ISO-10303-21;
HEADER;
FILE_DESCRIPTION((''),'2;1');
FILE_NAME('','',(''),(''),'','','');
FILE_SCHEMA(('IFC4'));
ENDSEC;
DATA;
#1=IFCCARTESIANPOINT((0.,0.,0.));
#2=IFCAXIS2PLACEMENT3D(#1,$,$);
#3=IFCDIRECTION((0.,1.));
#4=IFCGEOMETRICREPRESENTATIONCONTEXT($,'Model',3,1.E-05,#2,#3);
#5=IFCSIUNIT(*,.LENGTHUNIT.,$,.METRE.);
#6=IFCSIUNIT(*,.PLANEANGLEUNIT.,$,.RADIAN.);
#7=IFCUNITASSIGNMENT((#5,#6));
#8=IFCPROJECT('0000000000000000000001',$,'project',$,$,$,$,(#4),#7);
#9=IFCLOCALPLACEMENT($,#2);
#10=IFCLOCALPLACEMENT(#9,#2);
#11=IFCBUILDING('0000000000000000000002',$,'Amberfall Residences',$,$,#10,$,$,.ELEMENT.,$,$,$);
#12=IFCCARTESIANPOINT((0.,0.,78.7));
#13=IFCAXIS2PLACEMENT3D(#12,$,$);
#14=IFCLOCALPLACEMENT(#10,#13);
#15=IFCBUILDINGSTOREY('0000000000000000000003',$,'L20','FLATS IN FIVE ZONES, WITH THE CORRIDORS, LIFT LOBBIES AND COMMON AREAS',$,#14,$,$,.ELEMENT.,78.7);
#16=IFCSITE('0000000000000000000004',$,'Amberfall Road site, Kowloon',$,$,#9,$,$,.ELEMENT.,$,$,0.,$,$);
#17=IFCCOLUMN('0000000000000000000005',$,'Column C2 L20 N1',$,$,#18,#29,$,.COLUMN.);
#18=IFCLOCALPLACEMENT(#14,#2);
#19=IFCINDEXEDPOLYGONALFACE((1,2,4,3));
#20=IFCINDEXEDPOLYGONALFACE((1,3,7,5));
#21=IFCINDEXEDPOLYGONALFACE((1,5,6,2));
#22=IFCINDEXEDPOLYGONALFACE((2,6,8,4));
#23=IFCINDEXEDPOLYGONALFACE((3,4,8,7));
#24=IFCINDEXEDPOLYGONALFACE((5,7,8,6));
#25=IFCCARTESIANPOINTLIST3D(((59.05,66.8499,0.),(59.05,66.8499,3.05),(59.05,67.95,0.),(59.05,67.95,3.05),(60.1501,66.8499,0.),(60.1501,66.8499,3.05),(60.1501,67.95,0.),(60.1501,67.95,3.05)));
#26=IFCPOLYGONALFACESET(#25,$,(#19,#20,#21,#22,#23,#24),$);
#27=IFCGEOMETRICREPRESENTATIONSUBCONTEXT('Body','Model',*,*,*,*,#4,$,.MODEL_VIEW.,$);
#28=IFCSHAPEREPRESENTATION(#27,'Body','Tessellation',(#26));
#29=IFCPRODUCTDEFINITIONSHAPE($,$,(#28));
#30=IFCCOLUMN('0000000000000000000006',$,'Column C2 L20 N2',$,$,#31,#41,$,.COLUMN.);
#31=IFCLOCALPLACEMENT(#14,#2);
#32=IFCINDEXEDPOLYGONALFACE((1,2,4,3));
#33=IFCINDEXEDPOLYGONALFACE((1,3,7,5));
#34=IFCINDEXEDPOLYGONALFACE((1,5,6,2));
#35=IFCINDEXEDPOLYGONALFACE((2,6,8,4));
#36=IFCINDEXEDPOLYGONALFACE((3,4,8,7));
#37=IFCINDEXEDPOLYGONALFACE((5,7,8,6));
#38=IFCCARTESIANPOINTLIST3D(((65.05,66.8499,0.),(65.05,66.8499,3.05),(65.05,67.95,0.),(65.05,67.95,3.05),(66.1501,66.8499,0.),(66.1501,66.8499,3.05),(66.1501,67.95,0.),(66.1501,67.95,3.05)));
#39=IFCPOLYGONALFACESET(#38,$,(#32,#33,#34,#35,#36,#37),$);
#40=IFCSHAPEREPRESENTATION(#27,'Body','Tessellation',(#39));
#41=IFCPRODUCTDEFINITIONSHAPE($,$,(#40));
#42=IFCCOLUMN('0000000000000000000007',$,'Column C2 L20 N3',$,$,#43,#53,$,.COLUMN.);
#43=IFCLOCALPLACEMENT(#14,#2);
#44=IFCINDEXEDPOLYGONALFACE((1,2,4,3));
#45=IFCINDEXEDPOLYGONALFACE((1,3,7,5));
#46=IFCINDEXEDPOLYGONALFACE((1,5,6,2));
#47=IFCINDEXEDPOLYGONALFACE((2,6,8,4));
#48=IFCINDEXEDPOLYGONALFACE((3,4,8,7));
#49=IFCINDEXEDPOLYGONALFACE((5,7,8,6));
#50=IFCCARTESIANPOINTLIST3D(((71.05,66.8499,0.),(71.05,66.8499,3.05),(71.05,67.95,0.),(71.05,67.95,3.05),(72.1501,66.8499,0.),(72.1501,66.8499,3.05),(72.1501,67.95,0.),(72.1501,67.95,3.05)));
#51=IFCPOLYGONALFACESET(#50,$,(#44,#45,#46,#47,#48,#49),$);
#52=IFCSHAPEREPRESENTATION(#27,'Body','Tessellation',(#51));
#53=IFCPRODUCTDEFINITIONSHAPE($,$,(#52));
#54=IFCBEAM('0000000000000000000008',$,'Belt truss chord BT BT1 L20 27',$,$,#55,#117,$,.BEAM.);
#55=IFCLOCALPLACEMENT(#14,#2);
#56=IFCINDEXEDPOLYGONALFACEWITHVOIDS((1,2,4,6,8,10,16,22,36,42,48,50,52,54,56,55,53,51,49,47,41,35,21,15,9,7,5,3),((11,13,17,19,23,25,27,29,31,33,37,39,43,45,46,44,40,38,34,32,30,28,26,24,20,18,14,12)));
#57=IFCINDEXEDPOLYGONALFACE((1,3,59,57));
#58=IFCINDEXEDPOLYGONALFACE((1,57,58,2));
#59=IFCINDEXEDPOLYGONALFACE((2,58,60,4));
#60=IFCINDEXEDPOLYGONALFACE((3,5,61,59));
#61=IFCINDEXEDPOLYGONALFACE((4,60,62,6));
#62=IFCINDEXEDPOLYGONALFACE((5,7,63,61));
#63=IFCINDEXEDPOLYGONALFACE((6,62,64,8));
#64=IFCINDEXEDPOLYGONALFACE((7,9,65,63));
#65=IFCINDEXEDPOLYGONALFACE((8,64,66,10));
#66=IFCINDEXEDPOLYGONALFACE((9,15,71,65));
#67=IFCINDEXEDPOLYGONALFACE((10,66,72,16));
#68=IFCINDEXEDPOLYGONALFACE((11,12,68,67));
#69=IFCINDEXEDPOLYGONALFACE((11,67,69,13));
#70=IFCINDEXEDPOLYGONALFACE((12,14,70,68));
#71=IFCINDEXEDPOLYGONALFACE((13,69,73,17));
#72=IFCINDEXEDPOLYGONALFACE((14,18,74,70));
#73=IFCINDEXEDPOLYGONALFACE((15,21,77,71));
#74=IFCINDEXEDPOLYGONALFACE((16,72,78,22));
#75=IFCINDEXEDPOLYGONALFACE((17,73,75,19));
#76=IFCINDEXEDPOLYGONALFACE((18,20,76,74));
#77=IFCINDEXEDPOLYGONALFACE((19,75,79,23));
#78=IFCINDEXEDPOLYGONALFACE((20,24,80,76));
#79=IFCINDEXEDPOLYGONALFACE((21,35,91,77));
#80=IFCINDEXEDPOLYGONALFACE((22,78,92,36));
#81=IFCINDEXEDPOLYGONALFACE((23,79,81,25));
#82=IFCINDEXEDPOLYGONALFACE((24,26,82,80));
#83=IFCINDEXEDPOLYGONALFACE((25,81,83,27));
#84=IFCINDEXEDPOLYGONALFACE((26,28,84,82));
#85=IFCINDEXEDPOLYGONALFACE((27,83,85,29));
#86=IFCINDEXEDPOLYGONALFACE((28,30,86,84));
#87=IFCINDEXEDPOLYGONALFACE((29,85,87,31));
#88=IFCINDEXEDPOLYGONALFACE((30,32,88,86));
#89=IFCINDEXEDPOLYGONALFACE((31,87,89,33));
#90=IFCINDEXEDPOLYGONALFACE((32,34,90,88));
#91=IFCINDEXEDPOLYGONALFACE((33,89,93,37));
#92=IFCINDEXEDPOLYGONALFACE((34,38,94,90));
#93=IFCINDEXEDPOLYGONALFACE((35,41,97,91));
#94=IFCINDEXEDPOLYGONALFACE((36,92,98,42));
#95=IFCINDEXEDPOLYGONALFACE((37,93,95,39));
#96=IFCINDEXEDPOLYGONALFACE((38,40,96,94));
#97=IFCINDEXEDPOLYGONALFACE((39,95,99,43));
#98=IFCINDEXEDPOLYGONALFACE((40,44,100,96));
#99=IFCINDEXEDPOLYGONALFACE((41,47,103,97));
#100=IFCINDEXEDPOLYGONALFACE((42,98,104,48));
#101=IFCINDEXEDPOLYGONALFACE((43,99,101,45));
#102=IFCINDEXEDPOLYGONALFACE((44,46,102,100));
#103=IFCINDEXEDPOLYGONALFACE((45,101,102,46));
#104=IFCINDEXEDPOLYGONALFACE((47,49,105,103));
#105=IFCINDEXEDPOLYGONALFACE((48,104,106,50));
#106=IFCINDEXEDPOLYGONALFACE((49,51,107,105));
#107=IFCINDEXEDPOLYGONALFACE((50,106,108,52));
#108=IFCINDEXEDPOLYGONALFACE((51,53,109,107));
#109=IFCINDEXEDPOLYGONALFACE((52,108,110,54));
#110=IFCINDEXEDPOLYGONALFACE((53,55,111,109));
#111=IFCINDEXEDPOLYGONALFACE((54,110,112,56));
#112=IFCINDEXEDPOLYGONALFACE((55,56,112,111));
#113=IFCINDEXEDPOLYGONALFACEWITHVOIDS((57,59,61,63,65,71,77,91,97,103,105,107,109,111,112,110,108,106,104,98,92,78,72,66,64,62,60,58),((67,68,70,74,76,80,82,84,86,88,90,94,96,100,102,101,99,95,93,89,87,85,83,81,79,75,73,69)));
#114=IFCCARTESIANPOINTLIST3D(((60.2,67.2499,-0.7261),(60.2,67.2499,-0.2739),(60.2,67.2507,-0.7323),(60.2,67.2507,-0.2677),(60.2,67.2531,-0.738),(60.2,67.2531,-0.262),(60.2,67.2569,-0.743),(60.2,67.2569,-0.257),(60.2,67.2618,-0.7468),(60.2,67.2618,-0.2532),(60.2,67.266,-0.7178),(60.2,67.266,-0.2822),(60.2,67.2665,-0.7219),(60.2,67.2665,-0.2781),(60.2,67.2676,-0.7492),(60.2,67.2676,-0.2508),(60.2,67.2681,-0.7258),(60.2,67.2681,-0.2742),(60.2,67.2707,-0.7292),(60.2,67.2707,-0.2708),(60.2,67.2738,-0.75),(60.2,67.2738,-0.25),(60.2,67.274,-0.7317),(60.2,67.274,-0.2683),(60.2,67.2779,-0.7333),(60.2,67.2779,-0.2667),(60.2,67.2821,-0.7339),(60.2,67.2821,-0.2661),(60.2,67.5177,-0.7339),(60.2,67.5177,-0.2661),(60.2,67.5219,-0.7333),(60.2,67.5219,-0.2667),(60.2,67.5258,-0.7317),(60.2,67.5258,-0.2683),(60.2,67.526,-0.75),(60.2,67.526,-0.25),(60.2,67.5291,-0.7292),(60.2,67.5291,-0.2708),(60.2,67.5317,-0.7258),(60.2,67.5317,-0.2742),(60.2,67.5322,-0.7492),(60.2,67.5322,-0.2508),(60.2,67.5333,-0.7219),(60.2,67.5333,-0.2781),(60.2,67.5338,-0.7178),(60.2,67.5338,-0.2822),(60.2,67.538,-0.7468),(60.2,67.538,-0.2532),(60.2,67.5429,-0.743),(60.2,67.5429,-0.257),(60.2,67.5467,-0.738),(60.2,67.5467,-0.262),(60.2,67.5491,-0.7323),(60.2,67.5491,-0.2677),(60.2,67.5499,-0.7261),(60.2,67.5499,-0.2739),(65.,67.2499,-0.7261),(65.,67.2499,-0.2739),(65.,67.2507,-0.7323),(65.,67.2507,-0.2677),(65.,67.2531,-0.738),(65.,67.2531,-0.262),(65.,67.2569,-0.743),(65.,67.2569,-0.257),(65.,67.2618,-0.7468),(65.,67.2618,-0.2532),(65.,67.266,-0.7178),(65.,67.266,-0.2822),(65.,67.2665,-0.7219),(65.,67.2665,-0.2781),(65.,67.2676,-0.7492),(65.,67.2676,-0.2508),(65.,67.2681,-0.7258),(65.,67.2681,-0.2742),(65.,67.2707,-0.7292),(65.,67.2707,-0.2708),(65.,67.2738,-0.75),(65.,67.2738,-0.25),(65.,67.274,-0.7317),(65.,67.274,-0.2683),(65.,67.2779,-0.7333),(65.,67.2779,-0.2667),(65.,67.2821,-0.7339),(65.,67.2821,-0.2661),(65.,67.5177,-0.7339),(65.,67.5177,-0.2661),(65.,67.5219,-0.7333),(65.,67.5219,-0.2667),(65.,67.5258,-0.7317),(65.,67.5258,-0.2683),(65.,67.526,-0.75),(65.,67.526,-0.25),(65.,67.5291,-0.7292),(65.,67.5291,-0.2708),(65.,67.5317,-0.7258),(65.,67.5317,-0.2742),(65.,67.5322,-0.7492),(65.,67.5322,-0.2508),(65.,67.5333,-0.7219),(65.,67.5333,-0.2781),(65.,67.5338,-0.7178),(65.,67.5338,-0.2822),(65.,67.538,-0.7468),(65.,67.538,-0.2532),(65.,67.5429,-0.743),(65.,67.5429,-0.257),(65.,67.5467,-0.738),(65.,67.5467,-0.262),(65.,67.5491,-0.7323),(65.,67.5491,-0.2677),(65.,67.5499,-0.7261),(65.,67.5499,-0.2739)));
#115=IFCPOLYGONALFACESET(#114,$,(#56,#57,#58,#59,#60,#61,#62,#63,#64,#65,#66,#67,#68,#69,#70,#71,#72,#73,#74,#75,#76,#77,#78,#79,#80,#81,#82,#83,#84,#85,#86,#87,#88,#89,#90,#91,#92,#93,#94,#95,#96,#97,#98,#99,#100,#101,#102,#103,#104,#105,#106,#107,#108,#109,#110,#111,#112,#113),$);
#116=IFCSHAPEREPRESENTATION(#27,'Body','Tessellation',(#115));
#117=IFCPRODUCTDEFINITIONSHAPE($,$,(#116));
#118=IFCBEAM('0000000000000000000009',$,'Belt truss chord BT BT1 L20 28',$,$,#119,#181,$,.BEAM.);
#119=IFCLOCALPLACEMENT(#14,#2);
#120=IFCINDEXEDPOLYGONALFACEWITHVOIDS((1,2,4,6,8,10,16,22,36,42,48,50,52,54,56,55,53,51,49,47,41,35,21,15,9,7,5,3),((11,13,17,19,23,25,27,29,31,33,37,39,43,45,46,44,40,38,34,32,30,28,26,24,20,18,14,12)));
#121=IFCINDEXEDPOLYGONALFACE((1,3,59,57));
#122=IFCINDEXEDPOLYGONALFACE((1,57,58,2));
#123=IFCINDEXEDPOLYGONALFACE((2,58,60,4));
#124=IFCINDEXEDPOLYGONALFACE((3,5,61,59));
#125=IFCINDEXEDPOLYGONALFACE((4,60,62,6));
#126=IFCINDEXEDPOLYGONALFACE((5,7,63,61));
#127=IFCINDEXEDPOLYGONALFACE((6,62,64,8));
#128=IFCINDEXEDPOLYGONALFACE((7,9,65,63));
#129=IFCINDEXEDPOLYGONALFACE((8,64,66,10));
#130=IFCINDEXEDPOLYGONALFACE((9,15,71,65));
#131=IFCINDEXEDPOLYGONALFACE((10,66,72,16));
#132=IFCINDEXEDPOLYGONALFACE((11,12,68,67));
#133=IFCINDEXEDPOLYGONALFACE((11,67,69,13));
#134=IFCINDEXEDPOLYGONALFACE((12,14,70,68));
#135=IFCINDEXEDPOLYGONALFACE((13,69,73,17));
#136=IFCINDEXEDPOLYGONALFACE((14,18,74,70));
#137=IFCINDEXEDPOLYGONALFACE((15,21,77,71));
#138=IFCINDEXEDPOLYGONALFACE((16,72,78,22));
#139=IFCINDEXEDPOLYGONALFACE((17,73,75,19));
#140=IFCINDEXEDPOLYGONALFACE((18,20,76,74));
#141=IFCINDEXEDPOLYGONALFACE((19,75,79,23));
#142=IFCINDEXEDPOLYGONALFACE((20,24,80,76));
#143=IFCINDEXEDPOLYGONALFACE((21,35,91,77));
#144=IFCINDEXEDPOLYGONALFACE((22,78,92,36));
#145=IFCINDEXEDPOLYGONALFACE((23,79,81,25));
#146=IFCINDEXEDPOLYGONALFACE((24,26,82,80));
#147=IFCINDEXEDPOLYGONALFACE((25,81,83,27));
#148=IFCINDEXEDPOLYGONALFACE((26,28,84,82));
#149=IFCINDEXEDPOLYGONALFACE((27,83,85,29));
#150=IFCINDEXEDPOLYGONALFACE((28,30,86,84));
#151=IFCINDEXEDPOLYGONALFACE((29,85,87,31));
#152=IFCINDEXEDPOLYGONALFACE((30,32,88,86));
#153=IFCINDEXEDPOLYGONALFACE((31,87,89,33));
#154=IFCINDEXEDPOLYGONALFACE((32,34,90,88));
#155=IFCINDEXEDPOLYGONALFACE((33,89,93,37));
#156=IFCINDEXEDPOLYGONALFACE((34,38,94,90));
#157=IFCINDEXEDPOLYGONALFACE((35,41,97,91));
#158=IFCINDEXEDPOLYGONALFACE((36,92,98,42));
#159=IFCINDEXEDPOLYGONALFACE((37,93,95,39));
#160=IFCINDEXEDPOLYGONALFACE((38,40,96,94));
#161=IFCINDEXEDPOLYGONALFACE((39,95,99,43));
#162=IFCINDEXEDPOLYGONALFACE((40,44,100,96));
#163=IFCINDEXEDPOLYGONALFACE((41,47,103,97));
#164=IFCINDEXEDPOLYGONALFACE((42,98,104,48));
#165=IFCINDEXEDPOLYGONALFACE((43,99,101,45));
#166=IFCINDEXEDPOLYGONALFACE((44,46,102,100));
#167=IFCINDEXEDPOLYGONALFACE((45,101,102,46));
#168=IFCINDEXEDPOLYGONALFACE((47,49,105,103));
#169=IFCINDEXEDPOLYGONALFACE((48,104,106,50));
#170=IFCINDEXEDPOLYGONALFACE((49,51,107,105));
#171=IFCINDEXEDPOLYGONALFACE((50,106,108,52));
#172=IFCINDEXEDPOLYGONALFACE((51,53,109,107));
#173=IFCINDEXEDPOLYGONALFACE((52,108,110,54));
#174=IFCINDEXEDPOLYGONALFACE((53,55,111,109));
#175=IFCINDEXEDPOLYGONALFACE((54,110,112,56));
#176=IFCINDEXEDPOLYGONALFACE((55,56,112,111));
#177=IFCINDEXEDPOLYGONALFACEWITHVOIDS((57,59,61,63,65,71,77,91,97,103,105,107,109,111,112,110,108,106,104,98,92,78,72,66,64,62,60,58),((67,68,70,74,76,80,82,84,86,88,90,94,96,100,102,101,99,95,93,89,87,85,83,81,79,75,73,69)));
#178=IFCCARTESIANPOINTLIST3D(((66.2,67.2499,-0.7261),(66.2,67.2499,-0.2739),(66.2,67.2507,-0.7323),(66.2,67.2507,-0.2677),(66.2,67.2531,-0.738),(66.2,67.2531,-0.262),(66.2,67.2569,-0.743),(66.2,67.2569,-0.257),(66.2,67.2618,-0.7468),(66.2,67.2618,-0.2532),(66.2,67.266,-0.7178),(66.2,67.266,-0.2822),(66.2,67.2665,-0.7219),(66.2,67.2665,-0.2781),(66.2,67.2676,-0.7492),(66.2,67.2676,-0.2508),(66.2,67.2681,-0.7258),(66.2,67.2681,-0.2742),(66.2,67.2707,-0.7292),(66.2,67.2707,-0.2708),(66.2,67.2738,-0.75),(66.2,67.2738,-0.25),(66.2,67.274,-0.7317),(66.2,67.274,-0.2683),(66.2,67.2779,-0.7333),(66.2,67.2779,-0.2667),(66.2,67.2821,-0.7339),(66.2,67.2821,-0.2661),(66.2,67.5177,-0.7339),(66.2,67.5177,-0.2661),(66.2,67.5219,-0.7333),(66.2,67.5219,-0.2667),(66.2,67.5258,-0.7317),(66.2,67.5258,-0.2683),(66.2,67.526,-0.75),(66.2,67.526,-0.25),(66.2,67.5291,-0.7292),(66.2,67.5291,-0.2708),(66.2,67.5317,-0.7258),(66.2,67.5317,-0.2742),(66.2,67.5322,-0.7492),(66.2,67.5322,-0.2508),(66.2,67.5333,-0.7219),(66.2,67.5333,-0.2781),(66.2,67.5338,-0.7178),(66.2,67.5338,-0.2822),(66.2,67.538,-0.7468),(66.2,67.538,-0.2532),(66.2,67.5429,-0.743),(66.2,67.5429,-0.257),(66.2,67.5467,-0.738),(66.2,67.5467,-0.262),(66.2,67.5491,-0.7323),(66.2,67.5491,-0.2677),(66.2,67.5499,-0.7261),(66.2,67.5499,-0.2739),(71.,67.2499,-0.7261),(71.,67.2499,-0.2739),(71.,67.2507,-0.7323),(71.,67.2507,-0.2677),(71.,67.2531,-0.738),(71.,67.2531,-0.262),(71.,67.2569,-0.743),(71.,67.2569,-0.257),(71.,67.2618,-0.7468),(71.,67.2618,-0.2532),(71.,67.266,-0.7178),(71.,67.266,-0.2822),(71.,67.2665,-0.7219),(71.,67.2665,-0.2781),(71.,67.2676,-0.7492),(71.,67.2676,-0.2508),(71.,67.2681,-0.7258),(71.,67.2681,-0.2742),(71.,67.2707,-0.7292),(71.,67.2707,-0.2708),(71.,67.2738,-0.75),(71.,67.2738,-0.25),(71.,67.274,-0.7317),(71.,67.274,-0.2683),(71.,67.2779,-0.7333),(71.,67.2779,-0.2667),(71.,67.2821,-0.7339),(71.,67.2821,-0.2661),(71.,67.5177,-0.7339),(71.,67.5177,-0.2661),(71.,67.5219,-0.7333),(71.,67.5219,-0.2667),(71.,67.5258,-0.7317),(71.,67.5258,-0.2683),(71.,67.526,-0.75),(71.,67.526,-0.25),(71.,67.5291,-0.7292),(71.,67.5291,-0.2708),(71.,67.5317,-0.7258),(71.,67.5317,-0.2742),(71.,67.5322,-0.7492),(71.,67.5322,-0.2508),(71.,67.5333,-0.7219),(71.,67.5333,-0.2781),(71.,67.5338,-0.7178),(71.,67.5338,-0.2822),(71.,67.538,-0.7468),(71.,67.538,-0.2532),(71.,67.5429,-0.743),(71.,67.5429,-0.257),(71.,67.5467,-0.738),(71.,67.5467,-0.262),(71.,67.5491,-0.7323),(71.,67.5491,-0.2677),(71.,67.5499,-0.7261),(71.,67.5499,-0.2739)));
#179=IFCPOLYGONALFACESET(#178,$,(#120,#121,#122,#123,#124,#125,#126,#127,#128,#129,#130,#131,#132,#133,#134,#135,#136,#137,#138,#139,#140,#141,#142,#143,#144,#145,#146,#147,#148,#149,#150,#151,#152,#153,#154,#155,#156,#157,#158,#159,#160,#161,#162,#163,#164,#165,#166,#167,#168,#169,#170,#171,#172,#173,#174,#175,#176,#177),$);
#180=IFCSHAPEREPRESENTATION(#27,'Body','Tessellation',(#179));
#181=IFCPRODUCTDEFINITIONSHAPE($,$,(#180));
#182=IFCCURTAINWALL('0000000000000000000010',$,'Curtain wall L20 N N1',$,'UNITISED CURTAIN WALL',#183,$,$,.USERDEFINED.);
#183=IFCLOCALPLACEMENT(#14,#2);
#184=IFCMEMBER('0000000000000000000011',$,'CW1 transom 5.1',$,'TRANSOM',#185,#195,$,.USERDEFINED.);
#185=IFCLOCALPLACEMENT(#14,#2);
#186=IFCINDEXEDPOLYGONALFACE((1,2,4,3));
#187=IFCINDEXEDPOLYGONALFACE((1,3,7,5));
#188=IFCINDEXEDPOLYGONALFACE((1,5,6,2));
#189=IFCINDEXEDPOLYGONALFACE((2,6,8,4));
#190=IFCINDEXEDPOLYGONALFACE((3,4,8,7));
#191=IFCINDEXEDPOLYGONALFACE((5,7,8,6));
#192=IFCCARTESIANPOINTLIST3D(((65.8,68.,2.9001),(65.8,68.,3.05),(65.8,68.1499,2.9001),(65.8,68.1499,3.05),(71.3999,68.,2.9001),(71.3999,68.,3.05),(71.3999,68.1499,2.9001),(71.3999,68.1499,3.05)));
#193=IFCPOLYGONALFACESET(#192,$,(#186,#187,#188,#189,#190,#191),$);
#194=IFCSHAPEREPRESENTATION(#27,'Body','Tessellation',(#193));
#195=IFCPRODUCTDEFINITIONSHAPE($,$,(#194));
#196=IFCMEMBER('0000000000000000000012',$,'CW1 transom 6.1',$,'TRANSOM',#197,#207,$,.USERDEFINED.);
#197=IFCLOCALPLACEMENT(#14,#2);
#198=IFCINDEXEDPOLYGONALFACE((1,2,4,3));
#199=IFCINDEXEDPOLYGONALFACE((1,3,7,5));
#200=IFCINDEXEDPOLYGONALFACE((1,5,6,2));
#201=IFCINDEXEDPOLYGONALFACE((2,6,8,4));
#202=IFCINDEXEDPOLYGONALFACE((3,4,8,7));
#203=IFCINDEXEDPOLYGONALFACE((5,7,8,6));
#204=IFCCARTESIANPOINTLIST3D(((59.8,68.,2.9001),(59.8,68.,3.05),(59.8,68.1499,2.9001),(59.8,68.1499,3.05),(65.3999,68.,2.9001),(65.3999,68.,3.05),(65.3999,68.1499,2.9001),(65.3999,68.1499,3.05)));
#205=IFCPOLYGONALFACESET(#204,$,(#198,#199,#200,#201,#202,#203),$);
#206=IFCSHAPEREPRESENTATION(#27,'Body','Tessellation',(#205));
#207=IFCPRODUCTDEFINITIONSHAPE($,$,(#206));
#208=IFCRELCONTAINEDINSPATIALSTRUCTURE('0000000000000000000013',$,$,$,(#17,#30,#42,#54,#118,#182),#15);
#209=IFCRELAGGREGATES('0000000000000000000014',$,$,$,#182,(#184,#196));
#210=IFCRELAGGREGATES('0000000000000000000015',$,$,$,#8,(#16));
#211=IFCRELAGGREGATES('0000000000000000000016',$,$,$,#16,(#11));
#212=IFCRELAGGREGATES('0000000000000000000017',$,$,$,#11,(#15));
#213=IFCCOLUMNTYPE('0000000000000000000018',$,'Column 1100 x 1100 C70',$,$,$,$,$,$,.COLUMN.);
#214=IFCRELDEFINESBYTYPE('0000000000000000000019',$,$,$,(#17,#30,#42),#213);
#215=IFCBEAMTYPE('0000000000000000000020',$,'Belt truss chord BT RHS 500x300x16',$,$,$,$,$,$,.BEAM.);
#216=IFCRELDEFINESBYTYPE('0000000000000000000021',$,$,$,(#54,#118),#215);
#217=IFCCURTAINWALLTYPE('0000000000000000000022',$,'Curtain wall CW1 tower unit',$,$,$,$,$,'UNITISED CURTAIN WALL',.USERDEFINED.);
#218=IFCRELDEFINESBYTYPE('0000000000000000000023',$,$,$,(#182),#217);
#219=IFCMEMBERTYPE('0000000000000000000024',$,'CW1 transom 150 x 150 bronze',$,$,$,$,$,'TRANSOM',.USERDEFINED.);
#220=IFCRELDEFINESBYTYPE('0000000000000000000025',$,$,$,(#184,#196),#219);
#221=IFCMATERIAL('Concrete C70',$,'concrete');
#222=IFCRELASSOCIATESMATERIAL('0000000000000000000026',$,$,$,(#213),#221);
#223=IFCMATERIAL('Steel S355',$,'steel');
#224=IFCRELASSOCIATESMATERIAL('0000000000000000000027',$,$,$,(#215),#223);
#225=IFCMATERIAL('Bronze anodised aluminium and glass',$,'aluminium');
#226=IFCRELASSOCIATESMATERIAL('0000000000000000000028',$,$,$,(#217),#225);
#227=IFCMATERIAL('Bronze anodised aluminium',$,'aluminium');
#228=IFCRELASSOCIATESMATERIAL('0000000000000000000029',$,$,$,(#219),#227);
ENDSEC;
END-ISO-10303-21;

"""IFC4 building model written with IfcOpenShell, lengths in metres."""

from ifc_helpers import new_model, si_unit, direction, frame, origin, origin_2d, place, context, subcontext, project, spatial, rectangle, hollow_rectangle, extrude, material, material_profile, profile_set, type_object, element, aggregate, save


model = new_model("IFC4")

# Units and contexts
model_context = context("Model", 3, precision=1e-05, world=origin(), true_north=direction((0.0, 1.0)))
body_context = subcontext(model_context, "Body", "Model", "MODEL_VIEW")
ifc_project = project(units=[si_unit("LENGTHUNIT", "METRE"), si_unit("PLANEANGLEUNIT", "RADIAN")], contexts=[model_context])

# Site, building, storey
site_placement = place(None, origin())
site = spatial("IfcSite", under=ifc_project, at=site_placement, Name="Amberfall Road site, Kowloon", CompositionType="ELEMENT", RefElevation=0.0)
building_placement = place(site_placement, origin())
building = spatial("IfcBuilding", under=site, at=building_placement, Name="Amberfall Residences", CompositionType="ELEMENT")
storey_placement = place(building_placement, frame((0.0, 0.0, 78.7)))
storey = spatial("IfcBuildingStorey", under=building, at=storey_placement, Name="L20", Description="FLATS IN FIVE ZONES, WITH THE CORRIDORS, LIFT LOBBIES AND COMMON AREAS", CompositionType="ELEMENT", Elevation=78.7)

# Columns
ifc_material_1 = material(Name="Concrete C70", Category="concrete")
ifc_material_profile_1 = material_profile(ifc_material_1, rectangle(XDim=1.1001, YDim=1.1001, at=origin_2d()), Name="Column 1100 x 1100 C70")
ifc_profile_set_1 = profile_set([ifc_material_profile_1], Name="Concrete C70")
column_type = type_object("IfcColumnType", Name="Column 1100 x 1100 C70", PredefinedType="COLUMN", material=ifc_profile_set_1)
for number, where, z_axis, x_axis, name in (
    (1, (59.6001, 67.3999, 0.0), (0.0, 0.0, 1.0), (1.0, 0.0, 0.0), "Column C2 L20 N1"),
    (2, (65.6001, 67.3999, 0.0), (0.0, 0.0, 1.0), (1.0, 0.0, 0.0), "Column C2 L20 N2"),
    (3, (71.6001, 67.3999, 0.0), (0.0, 0.0, 1.0), (1.0, 0.0, 0.0), "Column C2 L20 N3"),
):
    element("IfcColumn", number, at=place(storey_placement, frame(where, z_axis=z_axis, x_axis=x_axis)), inside=storey, type_object=column_type, Name=name, PredefinedType="COLUMN", context=body_context, shape_type="SweptSolid", body=[
        extrude(rectangle(XDim=1.1001, YDim=1.1001, at=origin_2d()), origin(), (0.0, 0.0, 1.0), 3.05),
    ])

# Beams
ifc_material_2 = material(Name="Steel S355", Category="steel")
ifc_material_profile_2 = material_profile(ifc_material_2, hollow_rectangle(XDim=0.3, YDim=0.5, WallThickness=0.0161, InnerFilletRadius=0.0161, OuterFilletRadius=0.0239, at=origin_2d()), Name="RHS 500x300x16")
ifc_profile_set_2 = profile_set([ifc_material_profile_2], Name="Steel S355")
beam_type_1 = type_object("IfcBeamType", Name="Belt truss chord BT RHS 500x300x16", PredefinedType="BEAM", material=ifc_profile_set_2)
for number, where, z_axis, x_axis, name in (
    (4, (60.2, 67.3999, -0.5), (1.0, 0.0, 0.0), (0.0, 1.0, 0.0), "Belt truss chord BT BT1 L20 27"),
    (5, (66.2, 67.3999, -0.5), (1.0, 0.0, 0.0), (0.0, 1.0, 0.0), "Belt truss chord BT BT1 L20 28"),
):
    element("IfcBeam", number, at=place(storey_placement, frame(where, z_axis=z_axis, x_axis=x_axis)), inside=storey, type_object=beam_type_1, Name=name, PredefinedType="BEAM", context=body_context, shape_type="SweptSolid", body=[
        extrude(hollow_rectangle(XDim=0.3, YDim=0.5, WallThickness=0.0161, InnerFilletRadius=0.0161, OuterFilletRadius=0.0239, at=origin_2d()), origin(), (0.0, 0.0, 1.0), 4.8),
    ])

# Curtain wall, members
ifc_material_3 = material(Name="Bronze anodised aluminium and glass", Category="aluminium")
curtain_wall_type = type_object("IfcCurtainWallType", Name="Curtain wall CW1 tower unit", ElementType="UNITISED CURTAIN WALL", PredefinedType="USERDEFINED", material=ifc_material_3)
curtain_wall_placement = place(storey_placement, origin())
curtain_wall = element("IfcCurtainWall", 6, at=curtain_wall_placement, inside=storey, type_object=curtain_wall_type, Name="Curtain wall L20 N N1", ObjectType="UNITISED CURTAIN WALL", PredefinedType="USERDEFINED")
ifc_material_4 = material(Name="Bronze anodised aluminium", Category="aluminium")
ifc_material_profile_3 = material_profile(ifc_material_4, rectangle(XDim=0.1499, YDim=0.1499, at=origin_2d()), Name="CW1 transom 150 x 150 bronze")
ifc_profile_set_3 = profile_set([ifc_material_profile_3], Name="Bronze anodised aluminium")
member_type_1 = type_object("IfcMemberType", Name="CW1 transom 150 x 150 bronze", ElementType="TRANSOM", PredefinedType="USERDEFINED", material=ifc_profile_set_3)
member_1_placement = place(storey_placement, frame((71.3999, 68.075, 2.9751), z_axis=(-1.0, 0.0, 0.0), x_axis=(0.0, -1.0, 0.0)))
member_1 = element("IfcMember", 7, at=member_1_placement, type_object=member_type_1, Name="CW1 transom 5.1", ObjectType="TRANSOM", PredefinedType="USERDEFINED", context=body_context, shape_type="SweptSolid", body=[
    extrude(rectangle(XDim=0.1499, YDim=0.1499, at=origin_2d()), origin(), (0.0, 0.0, 1.0), 5.5999),
])
member_2_placement = place(storey_placement, frame((65.3999, 68.075, 2.9751), z_axis=(-1.0, 0.0, 0.0), x_axis=(0.0, -1.0, 0.0)))
member_2 = element("IfcMember", 8, at=member_2_placement, type_object=member_type_1, Name="CW1 transom 6.1", ObjectType="TRANSOM", PredefinedType="USERDEFINED", context=body_context, shape_type="SweptSolid", body=[
    extrude(rectangle(XDim=0.1499, YDim=0.1499, at=origin_2d()), origin(), (0.0, 0.0, 1.0), 5.5999),
])

aggregate(curtain_wall, [member_1, member_2])

save(model, "model.ifc")
